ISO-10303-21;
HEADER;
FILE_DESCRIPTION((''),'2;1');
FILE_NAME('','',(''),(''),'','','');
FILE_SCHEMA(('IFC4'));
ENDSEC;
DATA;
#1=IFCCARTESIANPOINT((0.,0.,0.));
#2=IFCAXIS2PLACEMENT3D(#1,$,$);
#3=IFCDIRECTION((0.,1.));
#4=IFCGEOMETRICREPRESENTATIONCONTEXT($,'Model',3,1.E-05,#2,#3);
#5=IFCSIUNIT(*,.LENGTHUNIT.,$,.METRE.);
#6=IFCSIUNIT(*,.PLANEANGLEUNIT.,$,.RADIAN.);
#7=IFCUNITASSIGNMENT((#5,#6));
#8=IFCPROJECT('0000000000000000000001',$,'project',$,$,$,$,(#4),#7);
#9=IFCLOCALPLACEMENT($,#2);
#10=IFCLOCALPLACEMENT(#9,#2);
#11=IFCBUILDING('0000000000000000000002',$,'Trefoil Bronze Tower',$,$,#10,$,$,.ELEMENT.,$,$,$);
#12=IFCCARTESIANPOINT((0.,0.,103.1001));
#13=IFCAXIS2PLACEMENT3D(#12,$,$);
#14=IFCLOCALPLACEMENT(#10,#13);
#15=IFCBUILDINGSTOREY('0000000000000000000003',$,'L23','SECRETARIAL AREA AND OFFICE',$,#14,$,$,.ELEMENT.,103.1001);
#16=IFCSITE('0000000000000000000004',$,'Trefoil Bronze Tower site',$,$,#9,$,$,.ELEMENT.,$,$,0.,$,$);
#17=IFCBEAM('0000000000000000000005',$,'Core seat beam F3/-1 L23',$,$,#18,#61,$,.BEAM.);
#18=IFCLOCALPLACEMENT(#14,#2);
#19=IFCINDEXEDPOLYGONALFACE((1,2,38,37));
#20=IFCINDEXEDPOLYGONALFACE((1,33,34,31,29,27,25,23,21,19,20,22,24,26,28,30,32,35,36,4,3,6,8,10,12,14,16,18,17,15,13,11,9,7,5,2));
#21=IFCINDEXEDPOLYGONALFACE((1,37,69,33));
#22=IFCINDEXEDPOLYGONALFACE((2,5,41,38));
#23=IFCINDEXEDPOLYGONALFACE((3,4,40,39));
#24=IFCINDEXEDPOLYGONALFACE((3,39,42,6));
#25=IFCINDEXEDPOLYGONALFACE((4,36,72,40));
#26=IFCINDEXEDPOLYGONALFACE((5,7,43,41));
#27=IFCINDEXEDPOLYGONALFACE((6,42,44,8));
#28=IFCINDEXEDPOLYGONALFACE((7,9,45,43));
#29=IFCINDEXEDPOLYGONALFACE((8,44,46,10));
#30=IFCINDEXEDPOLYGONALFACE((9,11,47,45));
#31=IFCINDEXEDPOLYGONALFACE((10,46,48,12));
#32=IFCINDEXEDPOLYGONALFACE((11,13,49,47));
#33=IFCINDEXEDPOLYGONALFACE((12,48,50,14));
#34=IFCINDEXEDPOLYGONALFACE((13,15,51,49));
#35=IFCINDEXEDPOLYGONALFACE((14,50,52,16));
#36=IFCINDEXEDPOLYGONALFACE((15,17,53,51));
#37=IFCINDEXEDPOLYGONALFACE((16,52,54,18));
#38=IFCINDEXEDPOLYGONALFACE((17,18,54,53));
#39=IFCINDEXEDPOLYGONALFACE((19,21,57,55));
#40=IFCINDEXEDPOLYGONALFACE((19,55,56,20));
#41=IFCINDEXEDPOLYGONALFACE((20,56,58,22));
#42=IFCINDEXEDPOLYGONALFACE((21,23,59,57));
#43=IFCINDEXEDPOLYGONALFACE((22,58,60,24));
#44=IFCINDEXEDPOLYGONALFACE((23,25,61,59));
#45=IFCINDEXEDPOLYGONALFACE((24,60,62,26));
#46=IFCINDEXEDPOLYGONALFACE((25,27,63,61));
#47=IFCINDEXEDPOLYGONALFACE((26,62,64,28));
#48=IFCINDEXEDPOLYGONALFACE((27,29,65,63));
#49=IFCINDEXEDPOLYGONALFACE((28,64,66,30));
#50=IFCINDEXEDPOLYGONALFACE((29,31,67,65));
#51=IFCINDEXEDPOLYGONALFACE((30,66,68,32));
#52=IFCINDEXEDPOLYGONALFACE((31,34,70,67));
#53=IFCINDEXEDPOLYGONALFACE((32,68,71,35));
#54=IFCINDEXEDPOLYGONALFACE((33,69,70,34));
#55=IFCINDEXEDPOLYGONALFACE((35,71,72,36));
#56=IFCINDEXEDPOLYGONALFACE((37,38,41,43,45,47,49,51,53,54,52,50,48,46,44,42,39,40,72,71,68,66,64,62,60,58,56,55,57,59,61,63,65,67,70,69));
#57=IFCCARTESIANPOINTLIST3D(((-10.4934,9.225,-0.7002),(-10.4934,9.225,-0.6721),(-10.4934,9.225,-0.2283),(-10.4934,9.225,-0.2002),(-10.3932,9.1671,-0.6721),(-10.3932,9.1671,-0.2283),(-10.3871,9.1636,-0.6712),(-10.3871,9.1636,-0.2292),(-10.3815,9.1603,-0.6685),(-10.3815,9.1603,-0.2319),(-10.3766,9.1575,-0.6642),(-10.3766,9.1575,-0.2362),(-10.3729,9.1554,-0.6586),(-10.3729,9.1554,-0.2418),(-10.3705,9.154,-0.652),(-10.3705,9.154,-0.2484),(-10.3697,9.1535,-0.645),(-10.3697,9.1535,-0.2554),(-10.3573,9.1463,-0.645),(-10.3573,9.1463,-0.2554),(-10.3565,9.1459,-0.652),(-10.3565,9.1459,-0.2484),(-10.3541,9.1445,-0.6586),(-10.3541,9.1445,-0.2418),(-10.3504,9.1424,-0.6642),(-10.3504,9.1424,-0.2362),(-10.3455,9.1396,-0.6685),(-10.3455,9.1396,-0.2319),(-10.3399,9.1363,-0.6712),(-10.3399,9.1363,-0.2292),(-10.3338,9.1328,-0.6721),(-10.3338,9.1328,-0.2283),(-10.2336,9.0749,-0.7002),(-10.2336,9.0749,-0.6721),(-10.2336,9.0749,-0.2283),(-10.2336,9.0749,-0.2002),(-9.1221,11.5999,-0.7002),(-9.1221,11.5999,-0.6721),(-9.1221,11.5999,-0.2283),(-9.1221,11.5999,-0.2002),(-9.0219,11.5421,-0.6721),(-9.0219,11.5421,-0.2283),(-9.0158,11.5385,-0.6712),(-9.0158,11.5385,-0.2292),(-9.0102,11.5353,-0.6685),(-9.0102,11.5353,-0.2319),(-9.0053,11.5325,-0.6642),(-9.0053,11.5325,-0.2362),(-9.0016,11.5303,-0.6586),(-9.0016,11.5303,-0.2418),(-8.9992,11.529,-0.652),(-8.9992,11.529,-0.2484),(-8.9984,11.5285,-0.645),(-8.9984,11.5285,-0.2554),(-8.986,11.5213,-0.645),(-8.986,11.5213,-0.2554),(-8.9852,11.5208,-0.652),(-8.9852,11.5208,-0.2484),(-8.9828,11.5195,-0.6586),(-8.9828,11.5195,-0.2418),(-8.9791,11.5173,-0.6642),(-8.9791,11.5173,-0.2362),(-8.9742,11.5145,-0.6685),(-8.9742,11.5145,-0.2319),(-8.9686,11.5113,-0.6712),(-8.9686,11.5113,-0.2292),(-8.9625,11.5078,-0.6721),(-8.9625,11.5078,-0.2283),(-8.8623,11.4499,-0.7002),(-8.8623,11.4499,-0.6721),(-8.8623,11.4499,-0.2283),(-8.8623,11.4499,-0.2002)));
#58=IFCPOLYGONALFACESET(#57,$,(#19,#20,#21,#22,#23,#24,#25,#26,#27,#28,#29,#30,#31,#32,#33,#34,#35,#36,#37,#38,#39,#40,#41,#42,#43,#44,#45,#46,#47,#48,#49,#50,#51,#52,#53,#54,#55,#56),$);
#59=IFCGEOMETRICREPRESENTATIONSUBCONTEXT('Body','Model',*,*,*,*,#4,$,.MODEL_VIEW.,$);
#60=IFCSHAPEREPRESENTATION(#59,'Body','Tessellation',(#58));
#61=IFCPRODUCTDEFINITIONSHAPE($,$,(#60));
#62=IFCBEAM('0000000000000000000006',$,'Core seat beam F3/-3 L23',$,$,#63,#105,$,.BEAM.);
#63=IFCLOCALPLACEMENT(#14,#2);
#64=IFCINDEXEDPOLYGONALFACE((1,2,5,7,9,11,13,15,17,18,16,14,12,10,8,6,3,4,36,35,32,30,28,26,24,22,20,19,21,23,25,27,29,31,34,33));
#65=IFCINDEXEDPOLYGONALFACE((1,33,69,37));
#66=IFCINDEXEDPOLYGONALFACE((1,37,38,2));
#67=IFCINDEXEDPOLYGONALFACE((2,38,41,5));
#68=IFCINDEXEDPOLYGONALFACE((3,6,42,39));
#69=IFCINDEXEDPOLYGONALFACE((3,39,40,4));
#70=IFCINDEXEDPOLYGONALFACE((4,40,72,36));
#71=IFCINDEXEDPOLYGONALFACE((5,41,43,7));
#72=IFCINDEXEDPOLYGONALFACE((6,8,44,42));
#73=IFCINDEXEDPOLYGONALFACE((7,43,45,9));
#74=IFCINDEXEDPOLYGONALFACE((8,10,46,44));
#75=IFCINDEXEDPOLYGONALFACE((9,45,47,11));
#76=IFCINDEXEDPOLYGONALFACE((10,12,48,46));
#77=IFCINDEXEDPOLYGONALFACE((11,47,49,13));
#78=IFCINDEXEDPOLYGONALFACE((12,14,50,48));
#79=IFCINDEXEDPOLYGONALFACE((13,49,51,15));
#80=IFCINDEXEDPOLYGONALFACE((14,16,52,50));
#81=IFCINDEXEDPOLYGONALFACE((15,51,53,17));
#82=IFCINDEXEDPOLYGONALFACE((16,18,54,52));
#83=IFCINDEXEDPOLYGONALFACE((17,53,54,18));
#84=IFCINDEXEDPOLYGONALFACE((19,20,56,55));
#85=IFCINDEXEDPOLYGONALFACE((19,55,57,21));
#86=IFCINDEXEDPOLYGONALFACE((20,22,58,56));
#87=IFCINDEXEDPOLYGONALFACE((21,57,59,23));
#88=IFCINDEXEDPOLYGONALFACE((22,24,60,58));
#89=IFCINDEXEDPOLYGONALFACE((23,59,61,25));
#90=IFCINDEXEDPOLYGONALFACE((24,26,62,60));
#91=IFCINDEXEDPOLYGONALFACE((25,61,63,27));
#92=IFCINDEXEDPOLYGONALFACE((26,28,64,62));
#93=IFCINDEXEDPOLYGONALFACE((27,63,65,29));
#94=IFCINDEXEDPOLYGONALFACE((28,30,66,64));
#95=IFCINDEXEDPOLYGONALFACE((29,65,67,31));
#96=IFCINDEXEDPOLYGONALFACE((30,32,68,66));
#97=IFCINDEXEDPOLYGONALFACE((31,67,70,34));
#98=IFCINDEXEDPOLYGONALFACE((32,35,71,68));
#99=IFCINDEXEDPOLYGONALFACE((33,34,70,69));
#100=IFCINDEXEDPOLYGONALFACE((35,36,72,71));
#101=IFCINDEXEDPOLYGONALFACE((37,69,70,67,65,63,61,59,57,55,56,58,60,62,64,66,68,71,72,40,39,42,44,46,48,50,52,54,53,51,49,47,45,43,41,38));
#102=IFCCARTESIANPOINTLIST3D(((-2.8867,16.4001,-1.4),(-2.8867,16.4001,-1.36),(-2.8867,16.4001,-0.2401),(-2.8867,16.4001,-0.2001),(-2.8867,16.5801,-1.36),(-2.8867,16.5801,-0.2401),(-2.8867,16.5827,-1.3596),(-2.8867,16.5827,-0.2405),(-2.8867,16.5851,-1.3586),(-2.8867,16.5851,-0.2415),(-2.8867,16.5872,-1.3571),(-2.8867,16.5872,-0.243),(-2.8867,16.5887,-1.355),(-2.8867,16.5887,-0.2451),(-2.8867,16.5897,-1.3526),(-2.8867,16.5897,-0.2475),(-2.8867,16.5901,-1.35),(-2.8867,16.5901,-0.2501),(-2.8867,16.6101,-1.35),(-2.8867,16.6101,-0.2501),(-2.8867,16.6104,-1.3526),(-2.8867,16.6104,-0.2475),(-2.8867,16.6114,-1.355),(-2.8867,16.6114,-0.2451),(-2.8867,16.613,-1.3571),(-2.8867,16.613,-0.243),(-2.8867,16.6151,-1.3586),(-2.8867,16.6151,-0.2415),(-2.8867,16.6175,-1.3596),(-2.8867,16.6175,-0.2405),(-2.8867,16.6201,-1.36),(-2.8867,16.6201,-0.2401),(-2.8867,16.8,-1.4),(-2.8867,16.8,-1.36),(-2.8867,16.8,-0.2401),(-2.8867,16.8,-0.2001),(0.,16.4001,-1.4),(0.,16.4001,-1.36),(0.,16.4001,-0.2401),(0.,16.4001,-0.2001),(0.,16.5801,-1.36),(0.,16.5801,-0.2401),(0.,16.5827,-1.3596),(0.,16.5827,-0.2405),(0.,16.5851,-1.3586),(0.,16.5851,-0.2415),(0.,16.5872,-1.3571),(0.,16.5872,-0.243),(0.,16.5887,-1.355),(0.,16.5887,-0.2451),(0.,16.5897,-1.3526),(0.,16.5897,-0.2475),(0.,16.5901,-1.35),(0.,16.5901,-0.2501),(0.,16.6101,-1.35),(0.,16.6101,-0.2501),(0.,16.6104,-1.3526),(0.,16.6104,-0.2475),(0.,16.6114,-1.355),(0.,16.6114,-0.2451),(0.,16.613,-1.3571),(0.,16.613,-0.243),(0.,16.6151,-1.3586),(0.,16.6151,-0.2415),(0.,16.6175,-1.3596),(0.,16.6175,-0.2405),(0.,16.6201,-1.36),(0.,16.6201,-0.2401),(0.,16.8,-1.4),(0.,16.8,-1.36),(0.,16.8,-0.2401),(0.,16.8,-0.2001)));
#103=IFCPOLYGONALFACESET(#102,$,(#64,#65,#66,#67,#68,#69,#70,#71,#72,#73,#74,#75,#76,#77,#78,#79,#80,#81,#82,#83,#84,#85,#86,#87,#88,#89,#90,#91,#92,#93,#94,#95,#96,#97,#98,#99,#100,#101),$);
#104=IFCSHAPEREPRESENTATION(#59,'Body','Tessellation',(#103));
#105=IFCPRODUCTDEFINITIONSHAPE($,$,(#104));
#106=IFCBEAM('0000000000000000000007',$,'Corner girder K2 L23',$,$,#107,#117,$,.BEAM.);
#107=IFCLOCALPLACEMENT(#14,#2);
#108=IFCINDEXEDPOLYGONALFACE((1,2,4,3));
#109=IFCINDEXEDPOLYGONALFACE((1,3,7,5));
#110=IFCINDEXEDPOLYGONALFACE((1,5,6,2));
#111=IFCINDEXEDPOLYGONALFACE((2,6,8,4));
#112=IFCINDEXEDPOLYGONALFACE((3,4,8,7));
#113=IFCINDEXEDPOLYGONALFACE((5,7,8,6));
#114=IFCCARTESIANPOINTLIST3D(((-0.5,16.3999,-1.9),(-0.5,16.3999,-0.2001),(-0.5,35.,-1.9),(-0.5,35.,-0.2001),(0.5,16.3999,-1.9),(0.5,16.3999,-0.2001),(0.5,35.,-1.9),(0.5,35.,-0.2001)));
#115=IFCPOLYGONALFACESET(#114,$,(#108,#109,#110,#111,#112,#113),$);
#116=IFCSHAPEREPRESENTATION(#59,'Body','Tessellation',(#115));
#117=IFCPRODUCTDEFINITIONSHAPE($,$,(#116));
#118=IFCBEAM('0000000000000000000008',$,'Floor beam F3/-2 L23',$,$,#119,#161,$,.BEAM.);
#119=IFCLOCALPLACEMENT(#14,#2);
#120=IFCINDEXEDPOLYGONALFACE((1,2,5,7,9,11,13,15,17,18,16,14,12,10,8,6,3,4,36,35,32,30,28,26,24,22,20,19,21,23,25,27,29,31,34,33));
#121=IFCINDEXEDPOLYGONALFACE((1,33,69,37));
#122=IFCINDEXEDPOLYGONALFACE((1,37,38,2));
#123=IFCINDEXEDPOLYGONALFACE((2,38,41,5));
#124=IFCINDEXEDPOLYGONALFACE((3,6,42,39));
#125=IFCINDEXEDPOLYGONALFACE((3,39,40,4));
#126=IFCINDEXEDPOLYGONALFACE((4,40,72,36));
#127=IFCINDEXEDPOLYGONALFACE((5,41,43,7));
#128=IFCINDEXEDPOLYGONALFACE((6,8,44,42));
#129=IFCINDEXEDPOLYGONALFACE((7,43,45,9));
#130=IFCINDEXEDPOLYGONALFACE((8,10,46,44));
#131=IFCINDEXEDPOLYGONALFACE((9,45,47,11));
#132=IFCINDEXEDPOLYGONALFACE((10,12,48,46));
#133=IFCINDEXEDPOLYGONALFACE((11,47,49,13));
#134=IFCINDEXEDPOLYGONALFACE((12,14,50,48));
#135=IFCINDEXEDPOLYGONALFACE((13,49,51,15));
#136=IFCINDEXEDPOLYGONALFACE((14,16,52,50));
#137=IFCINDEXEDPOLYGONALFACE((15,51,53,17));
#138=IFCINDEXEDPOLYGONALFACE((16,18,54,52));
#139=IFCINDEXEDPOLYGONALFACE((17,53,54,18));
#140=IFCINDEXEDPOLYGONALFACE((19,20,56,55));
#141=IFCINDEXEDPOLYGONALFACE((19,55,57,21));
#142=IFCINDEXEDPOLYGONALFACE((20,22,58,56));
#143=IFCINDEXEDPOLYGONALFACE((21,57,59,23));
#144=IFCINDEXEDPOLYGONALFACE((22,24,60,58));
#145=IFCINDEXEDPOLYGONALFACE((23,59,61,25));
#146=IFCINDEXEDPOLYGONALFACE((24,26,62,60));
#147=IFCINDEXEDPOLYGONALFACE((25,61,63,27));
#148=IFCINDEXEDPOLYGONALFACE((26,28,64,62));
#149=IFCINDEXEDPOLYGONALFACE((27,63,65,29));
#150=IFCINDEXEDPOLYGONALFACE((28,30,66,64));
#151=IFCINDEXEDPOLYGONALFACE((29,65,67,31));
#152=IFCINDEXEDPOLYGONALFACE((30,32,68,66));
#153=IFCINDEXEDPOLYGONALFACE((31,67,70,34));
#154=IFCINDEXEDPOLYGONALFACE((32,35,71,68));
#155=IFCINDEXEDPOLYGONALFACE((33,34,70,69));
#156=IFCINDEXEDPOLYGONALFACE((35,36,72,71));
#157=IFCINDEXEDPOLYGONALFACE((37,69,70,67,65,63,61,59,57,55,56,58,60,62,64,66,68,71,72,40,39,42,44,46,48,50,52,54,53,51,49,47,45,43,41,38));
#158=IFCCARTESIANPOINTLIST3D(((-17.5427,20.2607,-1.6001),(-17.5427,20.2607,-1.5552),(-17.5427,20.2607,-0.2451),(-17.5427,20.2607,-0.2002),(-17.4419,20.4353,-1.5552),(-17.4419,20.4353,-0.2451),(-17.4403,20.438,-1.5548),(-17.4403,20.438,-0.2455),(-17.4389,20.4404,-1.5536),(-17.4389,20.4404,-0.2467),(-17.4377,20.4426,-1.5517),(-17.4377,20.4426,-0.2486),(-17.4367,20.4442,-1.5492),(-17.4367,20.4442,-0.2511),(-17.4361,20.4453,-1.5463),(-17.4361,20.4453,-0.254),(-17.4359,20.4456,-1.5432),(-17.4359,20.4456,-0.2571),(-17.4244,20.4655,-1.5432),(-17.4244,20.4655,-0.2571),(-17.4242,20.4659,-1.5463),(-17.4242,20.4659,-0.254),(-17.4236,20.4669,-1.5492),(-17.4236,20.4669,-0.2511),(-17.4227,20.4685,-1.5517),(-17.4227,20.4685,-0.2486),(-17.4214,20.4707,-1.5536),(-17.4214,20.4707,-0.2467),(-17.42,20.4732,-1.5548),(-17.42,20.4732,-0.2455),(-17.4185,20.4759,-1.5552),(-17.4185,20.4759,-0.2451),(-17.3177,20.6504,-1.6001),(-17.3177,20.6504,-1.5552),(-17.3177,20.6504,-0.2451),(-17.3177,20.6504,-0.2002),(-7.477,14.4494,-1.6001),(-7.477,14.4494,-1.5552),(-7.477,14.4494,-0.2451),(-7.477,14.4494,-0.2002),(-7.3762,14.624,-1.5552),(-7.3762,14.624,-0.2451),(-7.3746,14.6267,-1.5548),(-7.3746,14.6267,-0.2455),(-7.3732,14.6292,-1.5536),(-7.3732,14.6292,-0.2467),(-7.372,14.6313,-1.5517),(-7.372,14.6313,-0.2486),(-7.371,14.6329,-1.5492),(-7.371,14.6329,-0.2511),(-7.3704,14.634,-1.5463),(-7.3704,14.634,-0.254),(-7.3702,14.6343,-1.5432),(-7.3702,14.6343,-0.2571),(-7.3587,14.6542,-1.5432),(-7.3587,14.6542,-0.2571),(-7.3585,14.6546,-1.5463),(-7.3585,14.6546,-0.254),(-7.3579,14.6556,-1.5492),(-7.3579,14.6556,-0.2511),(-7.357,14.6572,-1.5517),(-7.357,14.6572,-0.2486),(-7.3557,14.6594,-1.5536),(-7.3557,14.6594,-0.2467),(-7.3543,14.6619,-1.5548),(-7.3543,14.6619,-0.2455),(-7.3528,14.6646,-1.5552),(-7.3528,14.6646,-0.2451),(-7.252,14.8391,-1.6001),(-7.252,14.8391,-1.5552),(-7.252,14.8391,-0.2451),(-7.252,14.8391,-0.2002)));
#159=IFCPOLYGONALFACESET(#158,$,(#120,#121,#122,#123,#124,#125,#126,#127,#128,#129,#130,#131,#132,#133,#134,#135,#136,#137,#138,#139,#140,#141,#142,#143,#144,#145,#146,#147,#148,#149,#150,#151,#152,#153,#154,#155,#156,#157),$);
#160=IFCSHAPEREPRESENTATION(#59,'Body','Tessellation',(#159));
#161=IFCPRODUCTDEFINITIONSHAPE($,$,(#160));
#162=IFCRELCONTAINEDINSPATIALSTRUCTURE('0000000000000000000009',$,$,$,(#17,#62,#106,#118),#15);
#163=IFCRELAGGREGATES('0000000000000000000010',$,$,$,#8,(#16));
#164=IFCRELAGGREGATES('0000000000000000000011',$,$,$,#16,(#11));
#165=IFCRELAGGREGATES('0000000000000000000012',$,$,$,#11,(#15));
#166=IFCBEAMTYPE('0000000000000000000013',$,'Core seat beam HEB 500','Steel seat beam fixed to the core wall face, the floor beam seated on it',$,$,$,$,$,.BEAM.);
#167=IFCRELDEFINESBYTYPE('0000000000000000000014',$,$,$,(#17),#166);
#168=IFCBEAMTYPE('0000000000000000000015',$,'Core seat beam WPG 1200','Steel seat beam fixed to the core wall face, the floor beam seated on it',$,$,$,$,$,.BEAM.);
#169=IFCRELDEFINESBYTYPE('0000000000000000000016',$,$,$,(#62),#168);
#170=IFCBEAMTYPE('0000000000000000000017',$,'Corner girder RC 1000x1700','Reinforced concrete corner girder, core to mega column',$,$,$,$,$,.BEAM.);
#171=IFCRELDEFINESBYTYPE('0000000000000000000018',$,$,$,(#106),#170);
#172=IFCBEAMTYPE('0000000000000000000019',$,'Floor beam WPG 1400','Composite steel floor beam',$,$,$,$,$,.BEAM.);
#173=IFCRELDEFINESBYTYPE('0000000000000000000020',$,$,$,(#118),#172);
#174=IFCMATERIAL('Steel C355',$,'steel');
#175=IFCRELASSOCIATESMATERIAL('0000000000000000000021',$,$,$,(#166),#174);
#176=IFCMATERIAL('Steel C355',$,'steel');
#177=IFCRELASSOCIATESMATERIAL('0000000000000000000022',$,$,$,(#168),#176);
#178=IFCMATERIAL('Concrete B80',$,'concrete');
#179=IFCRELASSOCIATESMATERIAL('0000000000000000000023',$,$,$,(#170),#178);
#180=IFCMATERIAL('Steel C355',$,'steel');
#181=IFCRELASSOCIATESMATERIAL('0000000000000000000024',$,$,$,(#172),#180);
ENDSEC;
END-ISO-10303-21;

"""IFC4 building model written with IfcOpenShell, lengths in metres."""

from ifc_helpers import new_model, si_unit, direction, frame, origin, origin_2d, place, context, subcontext, project, spatial, rectangle, i_section, extrude, material, material_profile, profile_set, type_object, element, save


model = new_model("IFC4")

# Units and contexts
model_context = context("Model", 3, precision=1e-05, world=origin(), true_north=direction((0.0, 1.0)))
body_context = subcontext(model_context, "Body", "Model", "MODEL_VIEW")
ifc_project = project(units=[si_unit("LENGTHUNIT", "METRE"), si_unit("PLANEANGLEUNIT", "RADIAN")], contexts=[model_context])

# Site, building, storey
site_placement = place(None, origin())
site = spatial("IfcSite", under=ifc_project, at=site_placement, Name="Trefoil Bronze Tower site", CompositionType="ELEMENT", RefElevation=0.0)
building_placement = place(site_placement, origin())
building = spatial("IfcBuilding", under=site, at=building_placement, Name="Trefoil Bronze Tower", CompositionType="ELEMENT")
storey_placement = place(building_placement, frame((0.0, 0.0, 103.1001)))
storey = spatial("IfcBuildingStorey", under=building, at=storey_placement, Name="L23", Description="SECRETARIAL AREA AND OFFICE", CompositionType="ELEMENT", Elevation=103.1001)

# Beams
ifc_material_1 = material(Name="Steel C355", Category="steel")
ifc_material_profile_1 = material_profile(ifc_material_1, i_section(OverallWidth=0.3, OverallDepth=0.5, WebThickness=0.0144, FlangeThickness=0.0281, FilletRadius=0.0271, at=origin_2d()), Name="HEB 500")
ifc_profile_set_1 = profile_set([ifc_material_profile_1], Name="Steel C355")
beam_type_1 = type_object("IfcBeamType", Name="Core seat beam HEB 500", Description="Steel seat beam fixed to the core wall face, the floor beam seated on it", PredefinedType="BEAM", material=ifc_profile_set_1)
for number, where, z_axis, x_axis, name in (
    (1, (-8.9922, 11.5249, -0.4502), (-0.500036, -0.866005, 0.0), (0.866005, -0.500036, 0.0), "Core seat beam F3/-1 L23"),
):
    element("IfcBeam", number, at=place(storey_placement, frame(where, z_axis=z_axis, x_axis=x_axis)), inside=storey, type_object=beam_type_1, Name=name, PredefinedType="BEAM", context=body_context, shape_type="SweptSolid", body=[
        extrude(i_section(OverallWidth=0.3, OverallDepth=0.5, WebThickness=0.0144, FlangeThickness=0.0281, FilletRadius=0.0271, at=origin_2d()), origin(), (0.0, 0.0, 1.0), 2.7424),
    ])
ifc_material_2 = material(Name="Steel C355", Category="steel")
ifc_material_profile_2 = material_profile(ifc_material_2, i_section(OverallWidth=0.3999, OverallDepth=1.2, WebThickness=0.02, FlangeThickness=0.04, FilletRadius=0.01, at=origin_2d()), Name="WPG 1200")
ifc_profile_set_2 = profile_set([ifc_material_profile_2], Name="Steel C355")
beam_type_2 = type_object("IfcBeamType", Name="Core seat beam WPG 1200", Description="Steel seat beam fixed to the core wall face, the floor beam seated on it", PredefinedType="BEAM", material=ifc_profile_set_2)
beam_1_placement = place(storey_placement, frame((0.0, 16.6001, -0.8), z_axis=(-1.0, 0.0, 0.0), x_axis=(0.0, -1.0, 0.0)))
element("IfcBeam", 2, at=beam_1_placement, inside=storey, type_object=beam_type_2, Name="Core seat beam F3/-3 L23", PredefinedType="BEAM", context=body_context, shape_type="SweptSolid", body=[
    extrude(i_section(OverallWidth=0.3999, OverallDepth=1.2, WebThickness=0.02, FlangeThickness=0.04, FilletRadius=0.01, at=origin_2d()), origin(), (0.0, 0.0, 1.0), 2.8867),
])
ifc_material_3 = material(Name="Concrete B80", Category="concrete")
ifc_material_profile_3 = material_profile(ifc_material_3, rectangle(XDim=1.0, YDim=1.7, at=origin_2d()), Name="RC 1000x1700")
ifc_profile_set_3 = profile_set([ifc_material_profile_3], Name="Concrete B80")
beam_type_3 = type_object("IfcBeamType", Name="Corner girder RC 1000x1700", Description="Reinforced concrete corner girder, core to mega column", PredefinedType="BEAM", material=ifc_profile_set_3)
beam_2_placement = place(storey_placement, frame((0.0, 16.3999, -1.05), z_axis=(0.0, 1.0, 0.0), x_axis=(-1.0, 0.0, 0.0)))
element("IfcBeam", 3, at=beam_2_placement, inside=storey, type_object=beam_type_3, Name="Corner girder K2 L23", PredefinedType="BEAM", context=body_context, shape_type="SweptSolid", body=[
    extrude(rectangle(XDim=1.0, YDim=1.7, at=origin_2d()), origin(), (0.0, 0.0, 1.0), 18.6001),
])
ifc_material_4 = material(Name="Steel C355", Category="steel")
ifc_material_profile_4 = material_profile(ifc_material_4, i_section(OverallWidth=0.45, OverallDepth=1.3999, WebThickness=0.0229, FlangeThickness=0.0449, FilletRadius=0.012, at=origin_2d()), Name="WPG 1400")
ifc_profile_set_4 = profile_set([ifc_material_profile_4], Name="Steel C355")
beam_type_4 = type_object("IfcBeamType", Name="Floor beam WPG 1400", Description="Composite steel floor beam", PredefinedType="BEAM", material=ifc_profile_set_4)
beam_3_placement = place(storey_placement, frame((-17.4302, 20.4556, -0.9001), z_axis=(0.866031, -0.499991, 0.0), x_axis=(0.499991, 0.866031, 0.0)))
element("IfcBeam", 4, at=beam_3_placement, inside=storey, type_object=beam_type_4, Name="Floor beam F3/-2 L23", PredefinedType="BEAM", context=body_context, shape_type="SweptSolid", body=[
    extrude(i_section(OverallWidth=0.45, OverallDepth=1.3999, WebThickness=0.0229, FlangeThickness=0.0449, FilletRadius=0.012, at=origin_2d()), origin(), (0.0, 0.0, 1.0), 11.6228),
])

save(model, "model.ifc")
